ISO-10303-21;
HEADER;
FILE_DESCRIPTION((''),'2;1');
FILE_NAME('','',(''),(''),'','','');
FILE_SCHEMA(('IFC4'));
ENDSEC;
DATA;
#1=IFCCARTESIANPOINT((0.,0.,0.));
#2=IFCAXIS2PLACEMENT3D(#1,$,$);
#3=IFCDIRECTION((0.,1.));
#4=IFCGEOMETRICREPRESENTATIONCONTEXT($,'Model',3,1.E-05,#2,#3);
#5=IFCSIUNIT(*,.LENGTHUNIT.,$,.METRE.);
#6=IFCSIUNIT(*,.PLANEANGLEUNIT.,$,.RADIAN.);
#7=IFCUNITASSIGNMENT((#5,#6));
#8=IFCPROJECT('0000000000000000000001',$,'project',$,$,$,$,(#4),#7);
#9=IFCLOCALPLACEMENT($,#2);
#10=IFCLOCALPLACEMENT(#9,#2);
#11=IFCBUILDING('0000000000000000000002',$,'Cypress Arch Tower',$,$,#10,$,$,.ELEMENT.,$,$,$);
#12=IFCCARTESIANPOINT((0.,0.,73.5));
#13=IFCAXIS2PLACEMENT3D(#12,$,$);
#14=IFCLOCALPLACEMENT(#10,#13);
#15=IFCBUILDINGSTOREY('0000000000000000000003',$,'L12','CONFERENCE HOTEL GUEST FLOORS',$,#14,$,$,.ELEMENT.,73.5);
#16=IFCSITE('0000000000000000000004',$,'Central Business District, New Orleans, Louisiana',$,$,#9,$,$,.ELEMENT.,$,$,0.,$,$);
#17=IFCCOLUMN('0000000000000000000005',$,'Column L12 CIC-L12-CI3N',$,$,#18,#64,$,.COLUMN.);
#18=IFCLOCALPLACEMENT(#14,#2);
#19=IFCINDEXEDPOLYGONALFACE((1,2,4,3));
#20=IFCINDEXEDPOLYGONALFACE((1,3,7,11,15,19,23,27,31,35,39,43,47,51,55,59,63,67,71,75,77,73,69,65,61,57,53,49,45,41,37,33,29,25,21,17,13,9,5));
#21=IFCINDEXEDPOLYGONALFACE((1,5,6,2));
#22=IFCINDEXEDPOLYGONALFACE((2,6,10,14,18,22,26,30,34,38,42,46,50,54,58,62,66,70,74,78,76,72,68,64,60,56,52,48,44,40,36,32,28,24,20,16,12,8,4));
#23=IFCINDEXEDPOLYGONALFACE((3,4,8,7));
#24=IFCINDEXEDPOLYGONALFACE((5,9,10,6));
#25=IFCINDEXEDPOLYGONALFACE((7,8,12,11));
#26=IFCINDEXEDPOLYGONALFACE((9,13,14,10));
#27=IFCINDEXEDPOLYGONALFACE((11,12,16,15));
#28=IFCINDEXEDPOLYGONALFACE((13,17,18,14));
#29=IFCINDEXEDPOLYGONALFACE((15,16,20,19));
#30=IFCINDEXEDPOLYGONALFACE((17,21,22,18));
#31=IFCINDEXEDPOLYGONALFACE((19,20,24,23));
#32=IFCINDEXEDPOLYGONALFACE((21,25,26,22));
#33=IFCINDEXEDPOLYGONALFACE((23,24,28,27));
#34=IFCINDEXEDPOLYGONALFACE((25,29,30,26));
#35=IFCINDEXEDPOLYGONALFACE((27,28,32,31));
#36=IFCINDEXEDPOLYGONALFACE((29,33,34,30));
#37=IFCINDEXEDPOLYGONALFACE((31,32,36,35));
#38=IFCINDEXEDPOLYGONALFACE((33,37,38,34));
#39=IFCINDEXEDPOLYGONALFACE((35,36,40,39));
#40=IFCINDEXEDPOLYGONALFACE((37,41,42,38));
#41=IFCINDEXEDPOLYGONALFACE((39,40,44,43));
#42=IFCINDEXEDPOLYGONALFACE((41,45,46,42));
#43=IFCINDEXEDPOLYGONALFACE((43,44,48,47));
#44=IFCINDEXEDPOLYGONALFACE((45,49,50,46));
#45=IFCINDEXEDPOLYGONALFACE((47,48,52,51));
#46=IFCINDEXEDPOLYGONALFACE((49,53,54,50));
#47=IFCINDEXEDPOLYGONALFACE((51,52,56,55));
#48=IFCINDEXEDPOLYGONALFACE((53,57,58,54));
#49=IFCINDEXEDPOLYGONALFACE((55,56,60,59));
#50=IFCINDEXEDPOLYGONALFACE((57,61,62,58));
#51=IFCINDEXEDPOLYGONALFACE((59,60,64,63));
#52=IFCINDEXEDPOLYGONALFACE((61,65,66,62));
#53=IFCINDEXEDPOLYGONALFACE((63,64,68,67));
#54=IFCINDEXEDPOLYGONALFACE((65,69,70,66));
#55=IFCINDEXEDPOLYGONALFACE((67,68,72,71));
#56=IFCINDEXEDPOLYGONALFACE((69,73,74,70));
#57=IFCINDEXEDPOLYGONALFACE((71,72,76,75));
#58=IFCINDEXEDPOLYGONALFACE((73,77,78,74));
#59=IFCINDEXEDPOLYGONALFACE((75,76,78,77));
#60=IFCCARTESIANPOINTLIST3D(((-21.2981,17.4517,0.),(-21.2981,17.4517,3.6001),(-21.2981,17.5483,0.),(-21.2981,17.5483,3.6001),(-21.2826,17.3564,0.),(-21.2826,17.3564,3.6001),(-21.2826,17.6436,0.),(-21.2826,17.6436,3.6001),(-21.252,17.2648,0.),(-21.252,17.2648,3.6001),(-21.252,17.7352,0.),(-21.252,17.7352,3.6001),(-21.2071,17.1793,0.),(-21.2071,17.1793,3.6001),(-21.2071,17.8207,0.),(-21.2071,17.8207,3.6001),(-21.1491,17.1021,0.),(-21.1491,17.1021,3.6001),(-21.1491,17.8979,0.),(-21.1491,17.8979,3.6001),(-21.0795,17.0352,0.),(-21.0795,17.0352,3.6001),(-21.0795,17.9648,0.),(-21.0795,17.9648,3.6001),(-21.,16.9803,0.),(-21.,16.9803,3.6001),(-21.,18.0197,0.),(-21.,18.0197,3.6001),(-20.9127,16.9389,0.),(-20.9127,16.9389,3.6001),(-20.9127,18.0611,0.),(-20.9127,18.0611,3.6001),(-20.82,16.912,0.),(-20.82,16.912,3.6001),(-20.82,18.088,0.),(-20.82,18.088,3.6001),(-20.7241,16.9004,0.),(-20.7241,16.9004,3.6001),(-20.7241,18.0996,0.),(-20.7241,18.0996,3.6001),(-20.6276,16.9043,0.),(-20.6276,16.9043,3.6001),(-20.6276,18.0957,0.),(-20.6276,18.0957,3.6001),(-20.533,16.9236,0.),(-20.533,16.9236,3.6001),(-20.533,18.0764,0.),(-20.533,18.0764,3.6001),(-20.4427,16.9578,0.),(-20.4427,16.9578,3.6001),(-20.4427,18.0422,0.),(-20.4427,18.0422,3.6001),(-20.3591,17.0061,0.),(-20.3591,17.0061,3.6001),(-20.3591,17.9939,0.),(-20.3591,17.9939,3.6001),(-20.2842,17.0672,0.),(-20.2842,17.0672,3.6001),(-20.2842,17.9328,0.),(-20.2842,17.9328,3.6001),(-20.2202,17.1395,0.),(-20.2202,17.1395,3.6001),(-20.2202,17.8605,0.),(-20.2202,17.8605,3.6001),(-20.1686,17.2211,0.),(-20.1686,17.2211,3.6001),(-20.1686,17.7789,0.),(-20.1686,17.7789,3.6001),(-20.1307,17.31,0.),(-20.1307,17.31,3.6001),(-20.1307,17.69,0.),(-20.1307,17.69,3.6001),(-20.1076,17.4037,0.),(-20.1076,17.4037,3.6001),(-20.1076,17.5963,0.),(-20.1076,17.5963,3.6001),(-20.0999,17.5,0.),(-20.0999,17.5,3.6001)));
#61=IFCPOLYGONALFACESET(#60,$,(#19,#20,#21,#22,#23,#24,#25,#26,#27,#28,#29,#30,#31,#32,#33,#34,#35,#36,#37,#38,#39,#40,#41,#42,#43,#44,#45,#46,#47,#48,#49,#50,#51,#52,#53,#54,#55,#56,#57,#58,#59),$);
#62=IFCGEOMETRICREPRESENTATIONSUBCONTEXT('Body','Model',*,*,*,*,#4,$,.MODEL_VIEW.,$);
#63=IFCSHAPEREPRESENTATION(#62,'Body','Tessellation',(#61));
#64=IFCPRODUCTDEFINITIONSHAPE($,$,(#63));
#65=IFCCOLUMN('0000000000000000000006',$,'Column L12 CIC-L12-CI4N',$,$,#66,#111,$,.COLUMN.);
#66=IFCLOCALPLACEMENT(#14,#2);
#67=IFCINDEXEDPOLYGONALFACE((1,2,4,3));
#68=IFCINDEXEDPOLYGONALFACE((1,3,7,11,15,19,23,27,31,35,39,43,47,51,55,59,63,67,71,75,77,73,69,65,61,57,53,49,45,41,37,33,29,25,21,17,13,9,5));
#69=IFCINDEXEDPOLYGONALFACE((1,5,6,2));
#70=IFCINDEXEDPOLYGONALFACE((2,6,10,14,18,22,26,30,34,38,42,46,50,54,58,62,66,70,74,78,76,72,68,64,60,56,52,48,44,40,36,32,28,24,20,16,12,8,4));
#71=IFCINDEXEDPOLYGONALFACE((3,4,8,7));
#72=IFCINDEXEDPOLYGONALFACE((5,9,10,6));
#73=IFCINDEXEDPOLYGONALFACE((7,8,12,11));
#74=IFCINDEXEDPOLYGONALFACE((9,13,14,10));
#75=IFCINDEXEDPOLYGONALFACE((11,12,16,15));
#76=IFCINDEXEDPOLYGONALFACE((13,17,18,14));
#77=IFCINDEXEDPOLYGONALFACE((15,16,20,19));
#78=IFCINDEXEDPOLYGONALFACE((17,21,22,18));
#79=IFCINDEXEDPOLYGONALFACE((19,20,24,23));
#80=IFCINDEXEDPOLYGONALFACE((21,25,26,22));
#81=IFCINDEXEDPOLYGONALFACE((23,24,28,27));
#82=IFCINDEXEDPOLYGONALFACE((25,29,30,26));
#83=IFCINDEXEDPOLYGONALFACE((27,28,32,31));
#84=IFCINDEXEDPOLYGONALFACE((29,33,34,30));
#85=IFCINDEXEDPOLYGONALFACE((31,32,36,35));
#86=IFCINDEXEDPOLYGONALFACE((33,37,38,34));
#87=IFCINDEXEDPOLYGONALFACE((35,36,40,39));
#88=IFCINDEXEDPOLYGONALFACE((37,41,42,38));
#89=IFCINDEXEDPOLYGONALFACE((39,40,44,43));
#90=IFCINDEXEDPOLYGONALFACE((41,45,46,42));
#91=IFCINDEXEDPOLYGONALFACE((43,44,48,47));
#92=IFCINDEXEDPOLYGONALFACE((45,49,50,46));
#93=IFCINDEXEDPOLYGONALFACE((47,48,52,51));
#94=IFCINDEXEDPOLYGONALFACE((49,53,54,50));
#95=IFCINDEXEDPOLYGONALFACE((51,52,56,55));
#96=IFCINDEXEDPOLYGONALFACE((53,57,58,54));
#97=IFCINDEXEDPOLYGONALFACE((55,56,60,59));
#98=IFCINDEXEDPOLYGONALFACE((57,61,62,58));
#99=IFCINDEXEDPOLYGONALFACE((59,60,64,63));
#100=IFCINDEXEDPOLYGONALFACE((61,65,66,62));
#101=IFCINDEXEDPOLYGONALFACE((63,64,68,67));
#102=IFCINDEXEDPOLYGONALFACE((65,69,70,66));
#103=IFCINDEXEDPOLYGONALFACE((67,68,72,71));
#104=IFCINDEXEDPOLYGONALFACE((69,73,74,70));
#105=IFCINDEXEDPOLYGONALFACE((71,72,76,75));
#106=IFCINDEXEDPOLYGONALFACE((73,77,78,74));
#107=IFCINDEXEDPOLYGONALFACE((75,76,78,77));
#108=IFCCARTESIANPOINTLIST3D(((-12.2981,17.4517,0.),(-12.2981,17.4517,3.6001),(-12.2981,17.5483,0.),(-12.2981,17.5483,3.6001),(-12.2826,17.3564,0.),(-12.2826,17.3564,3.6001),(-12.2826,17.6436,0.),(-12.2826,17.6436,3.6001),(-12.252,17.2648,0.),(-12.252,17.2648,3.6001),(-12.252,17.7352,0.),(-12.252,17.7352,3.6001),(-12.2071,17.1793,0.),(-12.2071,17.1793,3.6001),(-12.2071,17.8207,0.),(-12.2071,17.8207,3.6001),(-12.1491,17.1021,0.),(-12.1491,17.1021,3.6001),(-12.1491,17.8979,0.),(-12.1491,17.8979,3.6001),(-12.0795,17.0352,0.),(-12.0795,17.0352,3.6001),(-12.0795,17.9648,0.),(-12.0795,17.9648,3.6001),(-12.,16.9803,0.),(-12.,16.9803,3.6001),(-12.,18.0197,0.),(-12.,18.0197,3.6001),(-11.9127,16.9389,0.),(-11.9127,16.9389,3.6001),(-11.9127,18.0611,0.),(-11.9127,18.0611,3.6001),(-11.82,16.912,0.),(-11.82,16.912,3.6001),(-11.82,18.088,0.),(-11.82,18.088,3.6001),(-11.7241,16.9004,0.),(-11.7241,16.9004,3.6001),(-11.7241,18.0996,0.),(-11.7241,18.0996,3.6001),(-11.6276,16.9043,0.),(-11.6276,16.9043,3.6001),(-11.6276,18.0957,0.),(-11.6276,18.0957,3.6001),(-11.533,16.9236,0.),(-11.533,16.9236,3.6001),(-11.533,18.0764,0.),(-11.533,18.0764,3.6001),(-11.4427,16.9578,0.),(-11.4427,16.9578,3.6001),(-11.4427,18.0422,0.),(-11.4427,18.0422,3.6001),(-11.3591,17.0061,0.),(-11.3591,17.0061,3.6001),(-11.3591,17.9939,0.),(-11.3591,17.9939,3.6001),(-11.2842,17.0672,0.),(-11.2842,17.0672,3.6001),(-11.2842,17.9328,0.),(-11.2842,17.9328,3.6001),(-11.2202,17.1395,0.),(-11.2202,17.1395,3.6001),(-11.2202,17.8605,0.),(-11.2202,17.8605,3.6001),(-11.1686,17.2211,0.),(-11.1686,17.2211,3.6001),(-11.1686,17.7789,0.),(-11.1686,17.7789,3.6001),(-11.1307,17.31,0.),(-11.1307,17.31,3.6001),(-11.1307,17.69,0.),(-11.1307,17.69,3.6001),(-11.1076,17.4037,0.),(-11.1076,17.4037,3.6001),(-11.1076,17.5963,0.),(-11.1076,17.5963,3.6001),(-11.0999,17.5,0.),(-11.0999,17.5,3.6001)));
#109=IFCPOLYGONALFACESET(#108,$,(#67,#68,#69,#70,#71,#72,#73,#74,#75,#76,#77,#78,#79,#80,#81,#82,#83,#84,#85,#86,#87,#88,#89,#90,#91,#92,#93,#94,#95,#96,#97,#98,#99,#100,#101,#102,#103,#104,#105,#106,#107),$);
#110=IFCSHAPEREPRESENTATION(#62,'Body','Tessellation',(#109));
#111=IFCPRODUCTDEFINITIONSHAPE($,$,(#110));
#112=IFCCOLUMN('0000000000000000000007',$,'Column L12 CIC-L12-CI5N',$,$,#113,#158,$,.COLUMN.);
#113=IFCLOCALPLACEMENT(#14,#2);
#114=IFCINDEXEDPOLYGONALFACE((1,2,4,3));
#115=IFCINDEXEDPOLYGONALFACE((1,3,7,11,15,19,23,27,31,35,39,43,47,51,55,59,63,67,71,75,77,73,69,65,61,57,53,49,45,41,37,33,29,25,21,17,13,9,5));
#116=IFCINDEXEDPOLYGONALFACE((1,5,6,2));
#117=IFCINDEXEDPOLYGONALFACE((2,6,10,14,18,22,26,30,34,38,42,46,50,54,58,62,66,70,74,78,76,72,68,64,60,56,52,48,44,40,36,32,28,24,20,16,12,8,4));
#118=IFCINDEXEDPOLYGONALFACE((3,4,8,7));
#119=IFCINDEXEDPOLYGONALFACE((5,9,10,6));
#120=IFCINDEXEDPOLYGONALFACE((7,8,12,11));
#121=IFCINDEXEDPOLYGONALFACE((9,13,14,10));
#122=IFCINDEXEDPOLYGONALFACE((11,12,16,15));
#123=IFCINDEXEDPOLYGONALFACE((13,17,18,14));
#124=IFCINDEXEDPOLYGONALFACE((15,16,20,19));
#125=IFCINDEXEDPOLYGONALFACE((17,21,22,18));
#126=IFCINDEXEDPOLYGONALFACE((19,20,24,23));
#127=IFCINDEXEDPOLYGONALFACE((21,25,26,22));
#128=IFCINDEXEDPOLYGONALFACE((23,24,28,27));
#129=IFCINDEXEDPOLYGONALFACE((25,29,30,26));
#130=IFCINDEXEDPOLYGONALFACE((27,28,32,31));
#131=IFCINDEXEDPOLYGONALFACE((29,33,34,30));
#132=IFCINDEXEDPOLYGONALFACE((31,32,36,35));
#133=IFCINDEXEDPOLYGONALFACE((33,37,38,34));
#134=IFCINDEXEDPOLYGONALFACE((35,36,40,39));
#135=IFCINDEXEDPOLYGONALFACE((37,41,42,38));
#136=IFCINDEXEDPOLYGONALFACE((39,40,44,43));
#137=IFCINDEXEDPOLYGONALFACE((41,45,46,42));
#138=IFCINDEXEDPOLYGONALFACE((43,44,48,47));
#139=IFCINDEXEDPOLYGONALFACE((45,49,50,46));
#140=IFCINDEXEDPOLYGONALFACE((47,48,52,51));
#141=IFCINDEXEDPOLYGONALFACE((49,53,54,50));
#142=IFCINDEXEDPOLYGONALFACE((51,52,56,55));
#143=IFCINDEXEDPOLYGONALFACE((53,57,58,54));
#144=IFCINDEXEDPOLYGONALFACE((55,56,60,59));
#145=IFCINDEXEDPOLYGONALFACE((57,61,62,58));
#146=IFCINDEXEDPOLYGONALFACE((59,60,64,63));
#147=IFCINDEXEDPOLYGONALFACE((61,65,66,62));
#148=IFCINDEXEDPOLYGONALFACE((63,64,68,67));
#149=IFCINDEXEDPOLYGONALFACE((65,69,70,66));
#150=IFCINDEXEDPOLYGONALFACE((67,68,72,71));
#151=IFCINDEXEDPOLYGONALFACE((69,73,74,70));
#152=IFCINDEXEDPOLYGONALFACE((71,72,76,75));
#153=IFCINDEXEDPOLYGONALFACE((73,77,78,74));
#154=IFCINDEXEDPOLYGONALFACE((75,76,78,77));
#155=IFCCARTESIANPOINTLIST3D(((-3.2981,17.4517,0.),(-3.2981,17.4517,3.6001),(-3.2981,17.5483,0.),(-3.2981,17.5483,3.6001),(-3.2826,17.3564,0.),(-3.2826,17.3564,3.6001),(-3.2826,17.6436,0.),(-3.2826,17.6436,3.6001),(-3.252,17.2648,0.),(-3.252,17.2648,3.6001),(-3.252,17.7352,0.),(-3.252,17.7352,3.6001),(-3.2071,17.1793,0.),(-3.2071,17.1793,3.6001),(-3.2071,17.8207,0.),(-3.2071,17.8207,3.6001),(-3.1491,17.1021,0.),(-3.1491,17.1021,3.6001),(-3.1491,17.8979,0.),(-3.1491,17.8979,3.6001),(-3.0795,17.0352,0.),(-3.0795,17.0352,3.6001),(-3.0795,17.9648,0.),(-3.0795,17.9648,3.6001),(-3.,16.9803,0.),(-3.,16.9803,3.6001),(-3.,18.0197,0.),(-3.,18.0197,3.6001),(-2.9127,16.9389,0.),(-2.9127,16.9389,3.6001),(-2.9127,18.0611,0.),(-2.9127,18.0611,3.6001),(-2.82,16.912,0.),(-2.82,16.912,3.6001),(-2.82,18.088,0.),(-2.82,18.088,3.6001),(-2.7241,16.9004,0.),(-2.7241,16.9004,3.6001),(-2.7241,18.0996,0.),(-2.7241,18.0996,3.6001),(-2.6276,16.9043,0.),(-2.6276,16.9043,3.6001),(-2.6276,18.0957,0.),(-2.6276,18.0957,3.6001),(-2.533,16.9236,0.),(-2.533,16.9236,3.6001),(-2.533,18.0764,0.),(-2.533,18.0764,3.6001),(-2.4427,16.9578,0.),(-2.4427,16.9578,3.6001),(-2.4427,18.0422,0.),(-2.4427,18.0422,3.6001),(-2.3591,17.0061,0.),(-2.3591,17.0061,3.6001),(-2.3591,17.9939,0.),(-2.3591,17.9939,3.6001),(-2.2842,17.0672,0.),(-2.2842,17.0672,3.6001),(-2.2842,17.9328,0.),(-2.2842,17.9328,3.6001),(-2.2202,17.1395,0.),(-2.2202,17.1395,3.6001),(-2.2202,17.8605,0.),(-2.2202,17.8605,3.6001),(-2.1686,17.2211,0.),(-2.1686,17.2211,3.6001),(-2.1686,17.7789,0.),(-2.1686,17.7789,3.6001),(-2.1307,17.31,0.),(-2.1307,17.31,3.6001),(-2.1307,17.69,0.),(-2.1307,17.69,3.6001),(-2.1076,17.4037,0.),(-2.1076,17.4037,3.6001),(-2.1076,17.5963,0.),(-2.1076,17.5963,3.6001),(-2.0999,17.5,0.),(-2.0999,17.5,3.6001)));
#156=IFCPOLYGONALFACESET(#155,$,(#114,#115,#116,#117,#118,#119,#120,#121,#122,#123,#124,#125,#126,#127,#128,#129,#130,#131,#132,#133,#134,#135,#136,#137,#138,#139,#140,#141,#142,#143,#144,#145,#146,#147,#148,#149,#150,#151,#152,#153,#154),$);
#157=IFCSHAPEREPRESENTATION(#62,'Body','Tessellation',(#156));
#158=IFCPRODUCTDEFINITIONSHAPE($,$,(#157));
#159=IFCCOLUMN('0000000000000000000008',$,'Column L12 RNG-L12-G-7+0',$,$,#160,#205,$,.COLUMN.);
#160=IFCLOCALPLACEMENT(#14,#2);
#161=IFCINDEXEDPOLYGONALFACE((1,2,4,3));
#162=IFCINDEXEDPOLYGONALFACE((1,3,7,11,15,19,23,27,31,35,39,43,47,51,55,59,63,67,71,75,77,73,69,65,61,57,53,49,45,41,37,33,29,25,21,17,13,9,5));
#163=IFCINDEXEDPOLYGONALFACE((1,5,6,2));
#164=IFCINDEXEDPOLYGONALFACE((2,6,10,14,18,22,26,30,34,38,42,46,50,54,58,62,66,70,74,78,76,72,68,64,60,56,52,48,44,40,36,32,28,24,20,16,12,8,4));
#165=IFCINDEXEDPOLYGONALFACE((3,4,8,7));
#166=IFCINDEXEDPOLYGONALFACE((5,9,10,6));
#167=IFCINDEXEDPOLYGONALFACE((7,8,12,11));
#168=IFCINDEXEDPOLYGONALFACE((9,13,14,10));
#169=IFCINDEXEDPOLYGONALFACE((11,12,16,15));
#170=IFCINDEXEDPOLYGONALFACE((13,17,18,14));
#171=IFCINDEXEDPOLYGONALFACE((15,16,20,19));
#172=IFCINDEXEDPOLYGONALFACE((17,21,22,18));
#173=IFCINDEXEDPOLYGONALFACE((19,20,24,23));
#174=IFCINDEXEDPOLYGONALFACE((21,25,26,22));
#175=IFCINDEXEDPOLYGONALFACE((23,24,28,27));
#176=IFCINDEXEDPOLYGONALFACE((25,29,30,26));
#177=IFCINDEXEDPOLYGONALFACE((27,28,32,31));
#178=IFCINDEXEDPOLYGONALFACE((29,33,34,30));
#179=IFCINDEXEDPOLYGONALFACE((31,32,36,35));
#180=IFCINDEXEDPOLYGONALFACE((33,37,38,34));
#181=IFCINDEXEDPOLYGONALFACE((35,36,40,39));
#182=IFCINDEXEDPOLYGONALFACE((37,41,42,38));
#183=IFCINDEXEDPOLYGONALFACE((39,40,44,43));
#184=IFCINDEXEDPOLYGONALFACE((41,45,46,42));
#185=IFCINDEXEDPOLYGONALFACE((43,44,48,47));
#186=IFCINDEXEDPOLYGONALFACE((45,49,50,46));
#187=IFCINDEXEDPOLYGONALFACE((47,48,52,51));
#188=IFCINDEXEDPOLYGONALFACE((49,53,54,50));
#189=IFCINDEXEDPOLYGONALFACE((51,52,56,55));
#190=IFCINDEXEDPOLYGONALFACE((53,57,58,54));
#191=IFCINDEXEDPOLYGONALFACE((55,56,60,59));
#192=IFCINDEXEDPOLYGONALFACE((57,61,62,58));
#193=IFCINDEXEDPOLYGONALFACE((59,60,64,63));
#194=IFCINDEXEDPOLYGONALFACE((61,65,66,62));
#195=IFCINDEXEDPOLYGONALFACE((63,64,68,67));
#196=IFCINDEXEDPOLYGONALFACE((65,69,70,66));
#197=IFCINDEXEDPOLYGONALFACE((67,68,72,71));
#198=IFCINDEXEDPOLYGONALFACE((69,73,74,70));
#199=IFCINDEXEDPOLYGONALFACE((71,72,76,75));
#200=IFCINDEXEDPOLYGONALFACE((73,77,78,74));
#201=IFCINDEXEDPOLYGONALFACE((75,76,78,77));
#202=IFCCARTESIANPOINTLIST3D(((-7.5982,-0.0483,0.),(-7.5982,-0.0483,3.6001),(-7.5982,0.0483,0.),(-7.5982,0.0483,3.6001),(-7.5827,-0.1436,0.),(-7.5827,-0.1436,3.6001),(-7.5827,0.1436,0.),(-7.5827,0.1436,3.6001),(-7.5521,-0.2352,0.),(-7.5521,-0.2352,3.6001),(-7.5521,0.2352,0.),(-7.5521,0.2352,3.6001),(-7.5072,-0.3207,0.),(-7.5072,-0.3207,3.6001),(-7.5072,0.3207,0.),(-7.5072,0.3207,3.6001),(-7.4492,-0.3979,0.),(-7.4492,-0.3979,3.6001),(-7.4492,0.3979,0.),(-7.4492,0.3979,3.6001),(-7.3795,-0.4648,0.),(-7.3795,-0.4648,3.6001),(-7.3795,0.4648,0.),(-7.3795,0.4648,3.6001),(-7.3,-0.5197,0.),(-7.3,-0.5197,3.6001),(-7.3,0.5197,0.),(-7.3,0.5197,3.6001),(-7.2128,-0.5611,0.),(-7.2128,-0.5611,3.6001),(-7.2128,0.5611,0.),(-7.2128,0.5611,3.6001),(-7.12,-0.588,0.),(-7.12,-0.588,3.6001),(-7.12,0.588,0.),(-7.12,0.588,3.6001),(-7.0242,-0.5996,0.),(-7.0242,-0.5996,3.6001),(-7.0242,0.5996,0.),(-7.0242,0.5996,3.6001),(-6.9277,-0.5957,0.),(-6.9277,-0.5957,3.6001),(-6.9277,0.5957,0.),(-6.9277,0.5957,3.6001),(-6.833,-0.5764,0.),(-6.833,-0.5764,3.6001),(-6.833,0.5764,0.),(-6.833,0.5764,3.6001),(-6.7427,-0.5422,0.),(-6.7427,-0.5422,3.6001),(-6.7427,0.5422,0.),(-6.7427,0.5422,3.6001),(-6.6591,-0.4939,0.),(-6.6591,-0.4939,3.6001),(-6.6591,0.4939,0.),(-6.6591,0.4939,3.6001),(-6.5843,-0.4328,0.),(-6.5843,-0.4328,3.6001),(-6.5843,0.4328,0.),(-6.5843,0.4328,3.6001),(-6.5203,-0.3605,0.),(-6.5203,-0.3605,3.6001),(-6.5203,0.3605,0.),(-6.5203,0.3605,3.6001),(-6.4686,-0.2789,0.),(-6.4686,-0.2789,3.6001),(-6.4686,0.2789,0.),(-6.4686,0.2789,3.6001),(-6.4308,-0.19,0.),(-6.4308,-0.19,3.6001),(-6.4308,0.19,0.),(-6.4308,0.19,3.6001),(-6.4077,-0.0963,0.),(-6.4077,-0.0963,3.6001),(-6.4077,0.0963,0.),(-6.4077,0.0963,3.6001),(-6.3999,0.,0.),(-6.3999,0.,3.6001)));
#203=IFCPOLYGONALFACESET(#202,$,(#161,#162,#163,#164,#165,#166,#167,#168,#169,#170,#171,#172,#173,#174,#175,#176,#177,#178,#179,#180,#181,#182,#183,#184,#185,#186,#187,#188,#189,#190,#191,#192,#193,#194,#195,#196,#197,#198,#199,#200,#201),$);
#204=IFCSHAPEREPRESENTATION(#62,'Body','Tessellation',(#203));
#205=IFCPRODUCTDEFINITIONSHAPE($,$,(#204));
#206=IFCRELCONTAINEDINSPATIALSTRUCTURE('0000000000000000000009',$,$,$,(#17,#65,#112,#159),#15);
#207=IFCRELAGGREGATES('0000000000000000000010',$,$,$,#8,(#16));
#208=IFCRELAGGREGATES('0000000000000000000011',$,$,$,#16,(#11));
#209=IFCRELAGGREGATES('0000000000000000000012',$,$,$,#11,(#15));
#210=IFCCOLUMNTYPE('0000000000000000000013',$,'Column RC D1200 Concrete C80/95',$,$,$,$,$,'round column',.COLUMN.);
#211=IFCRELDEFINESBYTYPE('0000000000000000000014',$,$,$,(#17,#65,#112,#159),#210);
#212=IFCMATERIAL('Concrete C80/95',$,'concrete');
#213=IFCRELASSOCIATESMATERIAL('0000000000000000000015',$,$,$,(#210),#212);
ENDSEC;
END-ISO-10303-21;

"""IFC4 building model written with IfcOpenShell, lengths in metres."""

from ifc_helpers import new_model, si_unit, direction, frame, origin, origin_2d, place, context, subcontext, project, spatial, circle, extrude, material, material_profile, profile_set, type_object, element, save


model = new_model("IFC4")

# Units and contexts
model_context = context("Model", 3, precision=1e-05, world=origin(), true_north=direction((0.0, 1.0)))
body_context = subcontext(model_context, "Body", "Model", "MODEL_VIEW")
ifc_project = project(units=[si_unit("LENGTHUNIT", "METRE"), si_unit("PLANEANGLEUNIT", "RADIAN")], contexts=[model_context])

# Site, building, storey
site_placement = place(None, origin())
site = spatial("IfcSite", under=ifc_project, at=site_placement, Name="Central Business District, New Orleans, Louisiana", CompositionType="ELEMENT", RefElevation=0.0)
building_placement = place(site_placement, origin())
building = spatial("IfcBuilding", under=site, at=building_placement, Name="Cypress Arch Tower", CompositionType="ELEMENT")
storey_placement = place(building_placement, frame((0.0, 0.0, 73.5)))
storey = spatial("IfcBuildingStorey", under=building, at=storey_placement, Name="L12", Description="CONFERENCE HOTEL GUEST FLOORS", CompositionType="ELEMENT", Elevation=73.5)

# Columns
ifc_material_1 = material(Name="Concrete C80/95", Category="concrete")
ifc_material_profile_1 = material_profile(ifc_material_1, circle(Radius=0.6001, at=origin_2d()), Name="RC D1200")
ifc_profile_set_1 = profile_set([ifc_material_profile_1], Name="Concrete C80/95")
column_type = type_object("IfcColumnType", Name="Column RC D1200 Concrete C80/95", ElementType="round column", PredefinedType="COLUMN", material=ifc_profile_set_1)
for number, where, z_axis, x_axis, name in (
    (1, (-20.7, 17.5, 0.0), (0.0, 0.0, 1.0), (1.0, 0.0, 0.0), "Column L12 CIC-L12-CI3N"),
    (2, (-11.7, 17.5, 0.0), (0.0, 0.0, 1.0), (1.0, 0.0, 0.0), "Column L12 CIC-L12-CI4N"),
    (3, (-2.7, 17.5, 0.0), (0.0, 0.0, 1.0), (1.0, 0.0, 0.0), "Column L12 CIC-L12-CI5N"),
    (4, (-7.0, 0.0, 0.0), (0.0, 0.0, 1.0), (1.0, 0.0, 0.0), "Column L12 RNG-L12-G-7+0"),
):
    element("IfcColumn", number, at=place(storey_placement, frame(where, z_axis=z_axis, x_axis=x_axis)), inside=storey, type_object=column_type, Name=name, PredefinedType="COLUMN", context=body_context, shape_type="SweptSolid", body=[
        extrude(circle(Radius=0.6001, at=origin_2d()), origin(), (0.0, 0.0, 1.0), 3.6001),
    ])

save(model, "model.ifc")
